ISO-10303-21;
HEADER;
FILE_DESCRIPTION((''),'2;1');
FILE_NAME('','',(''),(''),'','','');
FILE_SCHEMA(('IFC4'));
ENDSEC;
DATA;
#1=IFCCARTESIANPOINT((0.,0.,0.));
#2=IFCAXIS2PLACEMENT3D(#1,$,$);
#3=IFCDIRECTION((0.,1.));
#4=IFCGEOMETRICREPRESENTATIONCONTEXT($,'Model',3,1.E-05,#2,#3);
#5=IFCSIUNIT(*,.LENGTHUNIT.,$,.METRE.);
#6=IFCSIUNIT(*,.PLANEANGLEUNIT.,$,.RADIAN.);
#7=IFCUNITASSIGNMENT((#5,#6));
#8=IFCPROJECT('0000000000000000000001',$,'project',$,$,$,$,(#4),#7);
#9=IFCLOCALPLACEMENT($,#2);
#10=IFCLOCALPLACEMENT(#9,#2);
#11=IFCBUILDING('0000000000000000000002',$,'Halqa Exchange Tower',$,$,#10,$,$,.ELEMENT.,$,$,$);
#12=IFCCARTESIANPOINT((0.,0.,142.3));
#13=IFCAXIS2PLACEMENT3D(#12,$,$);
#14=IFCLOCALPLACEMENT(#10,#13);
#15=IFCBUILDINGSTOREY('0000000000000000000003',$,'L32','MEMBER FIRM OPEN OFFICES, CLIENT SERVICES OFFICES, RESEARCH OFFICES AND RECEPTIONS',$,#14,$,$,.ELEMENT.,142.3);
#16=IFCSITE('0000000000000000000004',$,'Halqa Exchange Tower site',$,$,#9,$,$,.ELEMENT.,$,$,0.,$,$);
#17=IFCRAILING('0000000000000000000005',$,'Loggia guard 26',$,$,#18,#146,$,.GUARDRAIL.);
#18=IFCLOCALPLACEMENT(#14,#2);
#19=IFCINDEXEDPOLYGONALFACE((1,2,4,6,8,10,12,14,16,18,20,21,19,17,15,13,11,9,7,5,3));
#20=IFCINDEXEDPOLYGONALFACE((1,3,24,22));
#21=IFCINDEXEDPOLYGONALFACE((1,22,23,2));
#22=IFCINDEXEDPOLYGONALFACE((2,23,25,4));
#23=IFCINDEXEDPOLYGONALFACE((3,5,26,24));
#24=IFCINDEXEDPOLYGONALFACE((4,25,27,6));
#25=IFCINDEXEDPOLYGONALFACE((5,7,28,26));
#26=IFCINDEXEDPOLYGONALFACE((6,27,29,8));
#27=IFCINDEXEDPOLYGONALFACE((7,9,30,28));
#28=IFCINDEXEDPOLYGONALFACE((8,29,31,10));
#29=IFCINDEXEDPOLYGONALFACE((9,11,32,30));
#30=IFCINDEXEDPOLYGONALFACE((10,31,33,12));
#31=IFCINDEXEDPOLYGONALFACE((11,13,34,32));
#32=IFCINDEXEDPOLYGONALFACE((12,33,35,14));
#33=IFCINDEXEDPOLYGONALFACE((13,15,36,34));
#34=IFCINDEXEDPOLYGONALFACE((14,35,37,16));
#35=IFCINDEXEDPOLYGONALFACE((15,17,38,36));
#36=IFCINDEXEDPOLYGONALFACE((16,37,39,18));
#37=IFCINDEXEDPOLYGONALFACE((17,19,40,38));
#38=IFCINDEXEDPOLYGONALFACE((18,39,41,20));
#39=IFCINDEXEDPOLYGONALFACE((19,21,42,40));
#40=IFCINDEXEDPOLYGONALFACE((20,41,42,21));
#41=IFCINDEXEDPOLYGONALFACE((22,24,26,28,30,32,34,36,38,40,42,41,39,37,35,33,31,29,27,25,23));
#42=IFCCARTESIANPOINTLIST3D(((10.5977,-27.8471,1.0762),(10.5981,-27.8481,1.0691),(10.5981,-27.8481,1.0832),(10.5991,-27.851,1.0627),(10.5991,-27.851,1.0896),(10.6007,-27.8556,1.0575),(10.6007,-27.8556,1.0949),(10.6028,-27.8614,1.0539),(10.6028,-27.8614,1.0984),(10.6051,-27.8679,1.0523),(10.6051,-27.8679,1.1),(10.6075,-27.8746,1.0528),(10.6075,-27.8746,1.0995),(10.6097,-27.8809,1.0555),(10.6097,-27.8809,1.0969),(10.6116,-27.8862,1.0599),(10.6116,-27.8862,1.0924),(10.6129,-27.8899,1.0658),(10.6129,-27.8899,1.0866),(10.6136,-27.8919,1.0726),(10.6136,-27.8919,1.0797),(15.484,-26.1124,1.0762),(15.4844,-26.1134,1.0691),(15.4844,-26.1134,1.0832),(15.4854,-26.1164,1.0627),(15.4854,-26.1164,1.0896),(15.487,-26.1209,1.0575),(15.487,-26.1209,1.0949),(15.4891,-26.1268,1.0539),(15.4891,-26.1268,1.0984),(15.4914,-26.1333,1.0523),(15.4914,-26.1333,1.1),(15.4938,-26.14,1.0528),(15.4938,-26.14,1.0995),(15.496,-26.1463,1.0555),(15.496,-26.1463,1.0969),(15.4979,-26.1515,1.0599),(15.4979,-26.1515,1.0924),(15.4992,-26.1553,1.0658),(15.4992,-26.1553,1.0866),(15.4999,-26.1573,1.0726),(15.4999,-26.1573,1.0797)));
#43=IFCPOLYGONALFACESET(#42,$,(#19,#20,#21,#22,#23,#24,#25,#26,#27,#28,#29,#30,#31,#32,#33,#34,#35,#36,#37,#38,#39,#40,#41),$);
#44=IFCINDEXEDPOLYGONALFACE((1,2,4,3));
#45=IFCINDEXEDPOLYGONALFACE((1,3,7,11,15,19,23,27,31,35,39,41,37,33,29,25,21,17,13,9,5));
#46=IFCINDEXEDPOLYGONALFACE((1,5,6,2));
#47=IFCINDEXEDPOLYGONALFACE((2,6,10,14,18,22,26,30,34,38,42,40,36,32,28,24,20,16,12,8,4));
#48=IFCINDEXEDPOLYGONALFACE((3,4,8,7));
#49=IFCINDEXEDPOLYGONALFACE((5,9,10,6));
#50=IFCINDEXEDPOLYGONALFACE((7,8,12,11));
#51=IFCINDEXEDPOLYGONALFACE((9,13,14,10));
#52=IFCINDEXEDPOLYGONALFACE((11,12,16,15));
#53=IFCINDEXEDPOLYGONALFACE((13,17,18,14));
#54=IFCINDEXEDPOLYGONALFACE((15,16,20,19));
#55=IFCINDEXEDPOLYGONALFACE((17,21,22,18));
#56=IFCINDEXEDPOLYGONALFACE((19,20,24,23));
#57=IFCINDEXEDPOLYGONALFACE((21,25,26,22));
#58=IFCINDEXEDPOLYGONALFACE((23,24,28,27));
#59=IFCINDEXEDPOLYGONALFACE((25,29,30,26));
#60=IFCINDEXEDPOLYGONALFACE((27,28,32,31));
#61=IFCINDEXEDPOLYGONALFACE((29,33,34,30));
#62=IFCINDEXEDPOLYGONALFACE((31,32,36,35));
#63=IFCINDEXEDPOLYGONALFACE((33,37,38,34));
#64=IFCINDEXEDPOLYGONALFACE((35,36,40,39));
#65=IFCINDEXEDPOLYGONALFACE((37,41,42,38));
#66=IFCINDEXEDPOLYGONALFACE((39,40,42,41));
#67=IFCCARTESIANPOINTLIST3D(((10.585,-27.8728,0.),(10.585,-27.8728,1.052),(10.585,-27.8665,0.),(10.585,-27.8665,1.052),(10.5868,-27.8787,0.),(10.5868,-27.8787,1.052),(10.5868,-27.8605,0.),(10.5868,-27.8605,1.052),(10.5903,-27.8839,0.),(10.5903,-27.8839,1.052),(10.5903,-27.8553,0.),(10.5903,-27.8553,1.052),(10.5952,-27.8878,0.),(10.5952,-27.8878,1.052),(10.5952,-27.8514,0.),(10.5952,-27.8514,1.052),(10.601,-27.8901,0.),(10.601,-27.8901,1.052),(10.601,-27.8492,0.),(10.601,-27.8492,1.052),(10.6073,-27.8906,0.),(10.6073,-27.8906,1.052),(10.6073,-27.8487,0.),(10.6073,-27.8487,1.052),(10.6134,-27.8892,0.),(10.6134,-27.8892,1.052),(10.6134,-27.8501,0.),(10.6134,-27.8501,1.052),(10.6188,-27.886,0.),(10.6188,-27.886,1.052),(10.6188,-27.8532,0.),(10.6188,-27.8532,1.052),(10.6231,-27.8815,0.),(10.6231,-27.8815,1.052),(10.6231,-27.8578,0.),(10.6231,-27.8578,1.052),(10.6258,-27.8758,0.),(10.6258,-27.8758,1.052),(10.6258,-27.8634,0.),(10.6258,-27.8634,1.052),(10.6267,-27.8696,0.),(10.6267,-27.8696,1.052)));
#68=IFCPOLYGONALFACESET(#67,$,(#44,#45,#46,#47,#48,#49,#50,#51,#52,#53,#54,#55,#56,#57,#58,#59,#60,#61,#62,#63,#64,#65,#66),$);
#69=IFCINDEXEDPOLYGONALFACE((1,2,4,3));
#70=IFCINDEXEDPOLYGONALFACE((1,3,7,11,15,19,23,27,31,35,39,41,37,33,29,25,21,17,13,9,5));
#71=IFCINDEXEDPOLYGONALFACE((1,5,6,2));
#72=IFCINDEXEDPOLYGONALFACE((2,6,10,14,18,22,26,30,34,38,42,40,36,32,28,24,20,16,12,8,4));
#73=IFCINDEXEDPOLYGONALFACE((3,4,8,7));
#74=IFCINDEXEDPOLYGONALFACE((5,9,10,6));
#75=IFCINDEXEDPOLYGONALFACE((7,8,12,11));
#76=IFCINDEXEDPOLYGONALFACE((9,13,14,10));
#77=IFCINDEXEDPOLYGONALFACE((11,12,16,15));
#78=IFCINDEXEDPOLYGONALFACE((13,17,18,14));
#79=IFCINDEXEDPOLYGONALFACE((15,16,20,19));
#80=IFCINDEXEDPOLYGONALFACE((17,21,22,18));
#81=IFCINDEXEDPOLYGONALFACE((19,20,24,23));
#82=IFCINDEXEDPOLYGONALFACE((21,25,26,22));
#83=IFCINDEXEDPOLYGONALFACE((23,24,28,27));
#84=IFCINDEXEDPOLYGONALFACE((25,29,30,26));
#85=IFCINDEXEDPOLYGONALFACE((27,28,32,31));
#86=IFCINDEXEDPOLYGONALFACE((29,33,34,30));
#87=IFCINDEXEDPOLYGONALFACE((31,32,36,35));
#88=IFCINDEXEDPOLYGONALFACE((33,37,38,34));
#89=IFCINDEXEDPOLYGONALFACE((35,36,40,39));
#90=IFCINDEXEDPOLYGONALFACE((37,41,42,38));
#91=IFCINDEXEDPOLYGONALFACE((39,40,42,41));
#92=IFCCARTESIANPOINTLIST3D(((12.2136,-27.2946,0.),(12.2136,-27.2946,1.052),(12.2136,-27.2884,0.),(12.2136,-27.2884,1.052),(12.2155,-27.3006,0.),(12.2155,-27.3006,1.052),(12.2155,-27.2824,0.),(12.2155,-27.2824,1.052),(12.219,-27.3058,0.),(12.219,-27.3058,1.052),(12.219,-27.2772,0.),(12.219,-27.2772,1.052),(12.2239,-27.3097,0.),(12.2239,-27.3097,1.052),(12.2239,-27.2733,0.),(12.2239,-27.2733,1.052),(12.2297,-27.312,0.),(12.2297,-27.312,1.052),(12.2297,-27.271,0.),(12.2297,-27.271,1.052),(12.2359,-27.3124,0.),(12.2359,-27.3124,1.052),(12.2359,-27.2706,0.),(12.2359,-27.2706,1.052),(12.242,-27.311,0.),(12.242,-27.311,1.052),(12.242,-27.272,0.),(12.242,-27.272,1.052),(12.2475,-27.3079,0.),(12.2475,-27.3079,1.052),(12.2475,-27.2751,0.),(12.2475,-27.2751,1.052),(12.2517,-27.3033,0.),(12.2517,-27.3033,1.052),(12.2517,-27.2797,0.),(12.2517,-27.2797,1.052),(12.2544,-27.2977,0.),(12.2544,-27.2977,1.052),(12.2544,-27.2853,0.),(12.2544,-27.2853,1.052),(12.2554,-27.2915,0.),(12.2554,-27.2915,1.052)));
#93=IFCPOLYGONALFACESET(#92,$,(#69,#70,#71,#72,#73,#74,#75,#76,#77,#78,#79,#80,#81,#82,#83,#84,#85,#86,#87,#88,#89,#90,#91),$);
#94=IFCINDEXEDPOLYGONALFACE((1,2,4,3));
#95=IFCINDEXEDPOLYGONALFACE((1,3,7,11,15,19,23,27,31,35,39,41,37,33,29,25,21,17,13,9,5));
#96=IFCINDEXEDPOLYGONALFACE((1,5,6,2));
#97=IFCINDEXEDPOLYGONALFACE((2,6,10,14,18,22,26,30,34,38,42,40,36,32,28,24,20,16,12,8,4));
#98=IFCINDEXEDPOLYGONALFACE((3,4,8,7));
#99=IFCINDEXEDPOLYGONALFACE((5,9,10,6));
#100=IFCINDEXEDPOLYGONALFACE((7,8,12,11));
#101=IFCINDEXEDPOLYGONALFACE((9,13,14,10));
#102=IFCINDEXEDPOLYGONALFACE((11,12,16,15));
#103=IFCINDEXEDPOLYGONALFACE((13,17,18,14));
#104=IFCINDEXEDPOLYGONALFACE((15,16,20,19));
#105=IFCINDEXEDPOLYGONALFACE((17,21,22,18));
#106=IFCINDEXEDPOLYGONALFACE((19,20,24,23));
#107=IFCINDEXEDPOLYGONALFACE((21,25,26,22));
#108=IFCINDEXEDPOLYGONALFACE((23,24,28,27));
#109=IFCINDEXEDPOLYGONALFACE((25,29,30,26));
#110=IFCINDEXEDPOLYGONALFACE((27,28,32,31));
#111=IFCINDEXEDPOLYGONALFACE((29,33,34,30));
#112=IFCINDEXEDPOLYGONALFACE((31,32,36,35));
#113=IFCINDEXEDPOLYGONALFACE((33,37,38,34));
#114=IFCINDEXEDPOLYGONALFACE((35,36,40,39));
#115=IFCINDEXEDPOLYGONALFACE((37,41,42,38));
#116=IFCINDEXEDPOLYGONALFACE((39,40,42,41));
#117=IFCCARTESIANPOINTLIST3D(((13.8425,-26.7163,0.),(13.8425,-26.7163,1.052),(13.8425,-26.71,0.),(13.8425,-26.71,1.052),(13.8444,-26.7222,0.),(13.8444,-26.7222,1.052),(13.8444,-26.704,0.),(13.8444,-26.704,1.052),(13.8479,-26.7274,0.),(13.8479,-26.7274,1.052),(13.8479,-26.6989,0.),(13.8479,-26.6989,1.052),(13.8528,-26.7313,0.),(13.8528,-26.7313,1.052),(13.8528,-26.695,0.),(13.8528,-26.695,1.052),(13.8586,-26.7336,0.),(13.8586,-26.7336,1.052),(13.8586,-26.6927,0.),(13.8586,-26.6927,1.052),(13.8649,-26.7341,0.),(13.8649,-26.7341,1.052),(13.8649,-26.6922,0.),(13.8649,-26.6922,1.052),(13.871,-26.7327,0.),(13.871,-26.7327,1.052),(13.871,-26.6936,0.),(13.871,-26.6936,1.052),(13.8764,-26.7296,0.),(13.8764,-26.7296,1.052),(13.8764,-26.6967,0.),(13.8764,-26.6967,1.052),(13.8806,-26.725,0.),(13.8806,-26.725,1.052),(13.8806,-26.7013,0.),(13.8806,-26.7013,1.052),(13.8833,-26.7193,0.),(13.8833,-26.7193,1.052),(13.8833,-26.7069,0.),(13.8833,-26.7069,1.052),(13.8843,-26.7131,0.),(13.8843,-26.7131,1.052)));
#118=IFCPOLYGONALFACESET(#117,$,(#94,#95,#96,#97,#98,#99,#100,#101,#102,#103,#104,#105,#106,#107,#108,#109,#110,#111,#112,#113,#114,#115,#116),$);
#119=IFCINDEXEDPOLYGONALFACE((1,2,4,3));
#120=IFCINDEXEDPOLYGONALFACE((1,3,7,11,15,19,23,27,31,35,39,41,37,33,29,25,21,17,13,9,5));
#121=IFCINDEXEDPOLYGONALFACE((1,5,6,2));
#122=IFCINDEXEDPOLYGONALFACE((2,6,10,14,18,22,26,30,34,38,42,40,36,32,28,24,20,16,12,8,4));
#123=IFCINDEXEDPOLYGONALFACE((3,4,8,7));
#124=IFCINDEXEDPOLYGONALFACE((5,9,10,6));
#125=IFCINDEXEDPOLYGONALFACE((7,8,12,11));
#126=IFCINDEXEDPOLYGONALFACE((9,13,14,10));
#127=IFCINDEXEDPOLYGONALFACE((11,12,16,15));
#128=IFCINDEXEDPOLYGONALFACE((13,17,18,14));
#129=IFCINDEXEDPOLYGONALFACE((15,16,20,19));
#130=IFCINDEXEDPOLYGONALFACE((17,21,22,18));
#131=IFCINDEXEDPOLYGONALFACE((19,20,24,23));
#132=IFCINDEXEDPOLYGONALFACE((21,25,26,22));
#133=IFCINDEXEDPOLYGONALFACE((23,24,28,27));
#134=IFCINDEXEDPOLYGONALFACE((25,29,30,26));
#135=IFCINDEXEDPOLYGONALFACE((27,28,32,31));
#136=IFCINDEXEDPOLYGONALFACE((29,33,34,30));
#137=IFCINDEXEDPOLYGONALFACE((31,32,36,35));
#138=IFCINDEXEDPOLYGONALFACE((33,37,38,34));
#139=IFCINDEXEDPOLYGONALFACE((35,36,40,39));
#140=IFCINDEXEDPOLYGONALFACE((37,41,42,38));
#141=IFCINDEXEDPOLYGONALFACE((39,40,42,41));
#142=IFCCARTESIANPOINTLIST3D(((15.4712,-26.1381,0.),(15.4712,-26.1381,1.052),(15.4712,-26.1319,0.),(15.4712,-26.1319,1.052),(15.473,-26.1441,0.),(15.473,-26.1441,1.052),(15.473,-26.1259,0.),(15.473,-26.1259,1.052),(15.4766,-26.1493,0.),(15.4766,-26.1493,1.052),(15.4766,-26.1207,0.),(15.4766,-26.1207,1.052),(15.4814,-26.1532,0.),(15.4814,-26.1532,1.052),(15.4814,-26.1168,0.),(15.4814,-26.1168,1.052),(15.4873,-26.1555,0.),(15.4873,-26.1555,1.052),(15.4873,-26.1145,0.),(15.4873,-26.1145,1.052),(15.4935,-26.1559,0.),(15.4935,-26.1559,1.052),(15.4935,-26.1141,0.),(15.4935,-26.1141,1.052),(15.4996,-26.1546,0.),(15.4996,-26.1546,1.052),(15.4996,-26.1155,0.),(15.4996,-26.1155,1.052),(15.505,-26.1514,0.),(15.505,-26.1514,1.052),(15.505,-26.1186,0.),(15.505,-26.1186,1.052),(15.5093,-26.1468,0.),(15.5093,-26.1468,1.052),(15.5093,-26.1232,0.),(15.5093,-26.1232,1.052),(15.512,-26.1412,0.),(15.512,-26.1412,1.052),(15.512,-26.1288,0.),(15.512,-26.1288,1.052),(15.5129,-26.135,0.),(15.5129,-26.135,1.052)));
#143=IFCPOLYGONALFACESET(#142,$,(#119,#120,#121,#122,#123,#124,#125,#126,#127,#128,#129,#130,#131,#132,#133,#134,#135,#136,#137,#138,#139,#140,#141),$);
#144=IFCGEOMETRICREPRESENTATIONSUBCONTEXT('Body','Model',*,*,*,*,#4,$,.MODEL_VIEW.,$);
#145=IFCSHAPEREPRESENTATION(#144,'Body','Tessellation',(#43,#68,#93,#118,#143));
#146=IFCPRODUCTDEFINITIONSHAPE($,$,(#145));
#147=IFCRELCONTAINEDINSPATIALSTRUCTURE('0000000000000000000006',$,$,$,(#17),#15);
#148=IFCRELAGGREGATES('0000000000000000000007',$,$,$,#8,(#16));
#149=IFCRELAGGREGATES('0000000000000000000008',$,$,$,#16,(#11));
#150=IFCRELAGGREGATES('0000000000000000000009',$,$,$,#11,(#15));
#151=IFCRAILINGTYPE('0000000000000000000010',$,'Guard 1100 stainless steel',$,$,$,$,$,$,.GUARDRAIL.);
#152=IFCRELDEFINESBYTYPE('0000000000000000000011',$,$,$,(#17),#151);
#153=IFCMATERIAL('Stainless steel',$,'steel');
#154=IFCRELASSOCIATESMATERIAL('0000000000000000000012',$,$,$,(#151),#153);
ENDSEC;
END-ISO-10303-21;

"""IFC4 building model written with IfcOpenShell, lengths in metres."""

from ifc_helpers import new_model, si_unit, direction, frame, origin, origin_2d, place, context, subcontext, project, spatial, circle, extrude, material, type_object, element, save


model = new_model("IFC4")

# Units and contexts
model_context = context("Model", 3, precision=1e-05, world=origin(), true_north=direction((0.0, 1.0)))
body_context = subcontext(model_context, "Body", "Model", "MODEL_VIEW")
ifc_project = project(units=[si_unit("LENGTHUNIT", "METRE"), si_unit("PLANEANGLEUNIT", "RADIAN")], contexts=[model_context])

# Site, building, storey
site_placement = place(None, origin())
site = spatial("IfcSite", under=ifc_project, at=site_placement, Name="Halqa Exchange Tower site", CompositionType="ELEMENT", RefElevation=0.0)
building_placement = place(site_placement, origin())
building = spatial("IfcBuilding", under=site, at=building_placement, Name="Halqa Exchange Tower", CompositionType="ELEMENT")
storey_placement = place(building_placement, frame((0.0, 0.0, 142.3)))
storey = spatial("IfcBuildingStorey", under=building, at=storey_placement, Name="L32", Description="MEMBER FIRM OPEN OFFICES, CLIENT SERVICES OFFICES, RESEARCH OFFICES AND RECEPTIONS", CompositionType="ELEMENT", Elevation=142.3)

# Railing
ifc_material_1 = material(Name="Stainless steel", Category="steel")
railing_type_1 = type_object("IfcRailingType", Name="Guard 1100 stainless steel", PredefinedType="GUARDRAIL", material=ifc_material_1)
railing_1_placement = place(storey_placement, frame((10.6057, -27.8696, 0.0)))
element("IfcRailing", 1, at=railing_1_placement, inside=storey, type_object=railing_type_1, Name="Loggia guard 26", PredefinedType="GUARDRAIL", context=body_context, shape_type="SweptSolid", body=[
    extrude(circle(Radius=0.0239, at=origin_2d()), frame((0.0, 0.0, 1.0762), z_axis=(0.942379, 0.334546, 0.0), x_axis=(-0.334546, 0.942379, 0.0)), (0.0, 0.0, 1.0), 5.1851),
    extrude(circle(Radius=0.021, at=origin_2d()), origin(), (0.0, 0.0, 1.0), 1.052),
    extrude(circle(Radius=0.021, at=origin_2d()), frame((1.6287, 0.5781, 0.0)), (0.0, 0.0, 1.0), 1.052),
    extrude(circle(Radius=0.021, at=origin_2d()), frame((3.2576, 1.1565, 0.0)), (0.0, 0.0, 1.0), 1.052),
    extrude(circle(Radius=0.021, at=origin_2d()), frame((4.8862, 1.7346, 0.0)), (0.0, 0.0, 1.0), 1.052),
])

save(model, "model.ifc")
